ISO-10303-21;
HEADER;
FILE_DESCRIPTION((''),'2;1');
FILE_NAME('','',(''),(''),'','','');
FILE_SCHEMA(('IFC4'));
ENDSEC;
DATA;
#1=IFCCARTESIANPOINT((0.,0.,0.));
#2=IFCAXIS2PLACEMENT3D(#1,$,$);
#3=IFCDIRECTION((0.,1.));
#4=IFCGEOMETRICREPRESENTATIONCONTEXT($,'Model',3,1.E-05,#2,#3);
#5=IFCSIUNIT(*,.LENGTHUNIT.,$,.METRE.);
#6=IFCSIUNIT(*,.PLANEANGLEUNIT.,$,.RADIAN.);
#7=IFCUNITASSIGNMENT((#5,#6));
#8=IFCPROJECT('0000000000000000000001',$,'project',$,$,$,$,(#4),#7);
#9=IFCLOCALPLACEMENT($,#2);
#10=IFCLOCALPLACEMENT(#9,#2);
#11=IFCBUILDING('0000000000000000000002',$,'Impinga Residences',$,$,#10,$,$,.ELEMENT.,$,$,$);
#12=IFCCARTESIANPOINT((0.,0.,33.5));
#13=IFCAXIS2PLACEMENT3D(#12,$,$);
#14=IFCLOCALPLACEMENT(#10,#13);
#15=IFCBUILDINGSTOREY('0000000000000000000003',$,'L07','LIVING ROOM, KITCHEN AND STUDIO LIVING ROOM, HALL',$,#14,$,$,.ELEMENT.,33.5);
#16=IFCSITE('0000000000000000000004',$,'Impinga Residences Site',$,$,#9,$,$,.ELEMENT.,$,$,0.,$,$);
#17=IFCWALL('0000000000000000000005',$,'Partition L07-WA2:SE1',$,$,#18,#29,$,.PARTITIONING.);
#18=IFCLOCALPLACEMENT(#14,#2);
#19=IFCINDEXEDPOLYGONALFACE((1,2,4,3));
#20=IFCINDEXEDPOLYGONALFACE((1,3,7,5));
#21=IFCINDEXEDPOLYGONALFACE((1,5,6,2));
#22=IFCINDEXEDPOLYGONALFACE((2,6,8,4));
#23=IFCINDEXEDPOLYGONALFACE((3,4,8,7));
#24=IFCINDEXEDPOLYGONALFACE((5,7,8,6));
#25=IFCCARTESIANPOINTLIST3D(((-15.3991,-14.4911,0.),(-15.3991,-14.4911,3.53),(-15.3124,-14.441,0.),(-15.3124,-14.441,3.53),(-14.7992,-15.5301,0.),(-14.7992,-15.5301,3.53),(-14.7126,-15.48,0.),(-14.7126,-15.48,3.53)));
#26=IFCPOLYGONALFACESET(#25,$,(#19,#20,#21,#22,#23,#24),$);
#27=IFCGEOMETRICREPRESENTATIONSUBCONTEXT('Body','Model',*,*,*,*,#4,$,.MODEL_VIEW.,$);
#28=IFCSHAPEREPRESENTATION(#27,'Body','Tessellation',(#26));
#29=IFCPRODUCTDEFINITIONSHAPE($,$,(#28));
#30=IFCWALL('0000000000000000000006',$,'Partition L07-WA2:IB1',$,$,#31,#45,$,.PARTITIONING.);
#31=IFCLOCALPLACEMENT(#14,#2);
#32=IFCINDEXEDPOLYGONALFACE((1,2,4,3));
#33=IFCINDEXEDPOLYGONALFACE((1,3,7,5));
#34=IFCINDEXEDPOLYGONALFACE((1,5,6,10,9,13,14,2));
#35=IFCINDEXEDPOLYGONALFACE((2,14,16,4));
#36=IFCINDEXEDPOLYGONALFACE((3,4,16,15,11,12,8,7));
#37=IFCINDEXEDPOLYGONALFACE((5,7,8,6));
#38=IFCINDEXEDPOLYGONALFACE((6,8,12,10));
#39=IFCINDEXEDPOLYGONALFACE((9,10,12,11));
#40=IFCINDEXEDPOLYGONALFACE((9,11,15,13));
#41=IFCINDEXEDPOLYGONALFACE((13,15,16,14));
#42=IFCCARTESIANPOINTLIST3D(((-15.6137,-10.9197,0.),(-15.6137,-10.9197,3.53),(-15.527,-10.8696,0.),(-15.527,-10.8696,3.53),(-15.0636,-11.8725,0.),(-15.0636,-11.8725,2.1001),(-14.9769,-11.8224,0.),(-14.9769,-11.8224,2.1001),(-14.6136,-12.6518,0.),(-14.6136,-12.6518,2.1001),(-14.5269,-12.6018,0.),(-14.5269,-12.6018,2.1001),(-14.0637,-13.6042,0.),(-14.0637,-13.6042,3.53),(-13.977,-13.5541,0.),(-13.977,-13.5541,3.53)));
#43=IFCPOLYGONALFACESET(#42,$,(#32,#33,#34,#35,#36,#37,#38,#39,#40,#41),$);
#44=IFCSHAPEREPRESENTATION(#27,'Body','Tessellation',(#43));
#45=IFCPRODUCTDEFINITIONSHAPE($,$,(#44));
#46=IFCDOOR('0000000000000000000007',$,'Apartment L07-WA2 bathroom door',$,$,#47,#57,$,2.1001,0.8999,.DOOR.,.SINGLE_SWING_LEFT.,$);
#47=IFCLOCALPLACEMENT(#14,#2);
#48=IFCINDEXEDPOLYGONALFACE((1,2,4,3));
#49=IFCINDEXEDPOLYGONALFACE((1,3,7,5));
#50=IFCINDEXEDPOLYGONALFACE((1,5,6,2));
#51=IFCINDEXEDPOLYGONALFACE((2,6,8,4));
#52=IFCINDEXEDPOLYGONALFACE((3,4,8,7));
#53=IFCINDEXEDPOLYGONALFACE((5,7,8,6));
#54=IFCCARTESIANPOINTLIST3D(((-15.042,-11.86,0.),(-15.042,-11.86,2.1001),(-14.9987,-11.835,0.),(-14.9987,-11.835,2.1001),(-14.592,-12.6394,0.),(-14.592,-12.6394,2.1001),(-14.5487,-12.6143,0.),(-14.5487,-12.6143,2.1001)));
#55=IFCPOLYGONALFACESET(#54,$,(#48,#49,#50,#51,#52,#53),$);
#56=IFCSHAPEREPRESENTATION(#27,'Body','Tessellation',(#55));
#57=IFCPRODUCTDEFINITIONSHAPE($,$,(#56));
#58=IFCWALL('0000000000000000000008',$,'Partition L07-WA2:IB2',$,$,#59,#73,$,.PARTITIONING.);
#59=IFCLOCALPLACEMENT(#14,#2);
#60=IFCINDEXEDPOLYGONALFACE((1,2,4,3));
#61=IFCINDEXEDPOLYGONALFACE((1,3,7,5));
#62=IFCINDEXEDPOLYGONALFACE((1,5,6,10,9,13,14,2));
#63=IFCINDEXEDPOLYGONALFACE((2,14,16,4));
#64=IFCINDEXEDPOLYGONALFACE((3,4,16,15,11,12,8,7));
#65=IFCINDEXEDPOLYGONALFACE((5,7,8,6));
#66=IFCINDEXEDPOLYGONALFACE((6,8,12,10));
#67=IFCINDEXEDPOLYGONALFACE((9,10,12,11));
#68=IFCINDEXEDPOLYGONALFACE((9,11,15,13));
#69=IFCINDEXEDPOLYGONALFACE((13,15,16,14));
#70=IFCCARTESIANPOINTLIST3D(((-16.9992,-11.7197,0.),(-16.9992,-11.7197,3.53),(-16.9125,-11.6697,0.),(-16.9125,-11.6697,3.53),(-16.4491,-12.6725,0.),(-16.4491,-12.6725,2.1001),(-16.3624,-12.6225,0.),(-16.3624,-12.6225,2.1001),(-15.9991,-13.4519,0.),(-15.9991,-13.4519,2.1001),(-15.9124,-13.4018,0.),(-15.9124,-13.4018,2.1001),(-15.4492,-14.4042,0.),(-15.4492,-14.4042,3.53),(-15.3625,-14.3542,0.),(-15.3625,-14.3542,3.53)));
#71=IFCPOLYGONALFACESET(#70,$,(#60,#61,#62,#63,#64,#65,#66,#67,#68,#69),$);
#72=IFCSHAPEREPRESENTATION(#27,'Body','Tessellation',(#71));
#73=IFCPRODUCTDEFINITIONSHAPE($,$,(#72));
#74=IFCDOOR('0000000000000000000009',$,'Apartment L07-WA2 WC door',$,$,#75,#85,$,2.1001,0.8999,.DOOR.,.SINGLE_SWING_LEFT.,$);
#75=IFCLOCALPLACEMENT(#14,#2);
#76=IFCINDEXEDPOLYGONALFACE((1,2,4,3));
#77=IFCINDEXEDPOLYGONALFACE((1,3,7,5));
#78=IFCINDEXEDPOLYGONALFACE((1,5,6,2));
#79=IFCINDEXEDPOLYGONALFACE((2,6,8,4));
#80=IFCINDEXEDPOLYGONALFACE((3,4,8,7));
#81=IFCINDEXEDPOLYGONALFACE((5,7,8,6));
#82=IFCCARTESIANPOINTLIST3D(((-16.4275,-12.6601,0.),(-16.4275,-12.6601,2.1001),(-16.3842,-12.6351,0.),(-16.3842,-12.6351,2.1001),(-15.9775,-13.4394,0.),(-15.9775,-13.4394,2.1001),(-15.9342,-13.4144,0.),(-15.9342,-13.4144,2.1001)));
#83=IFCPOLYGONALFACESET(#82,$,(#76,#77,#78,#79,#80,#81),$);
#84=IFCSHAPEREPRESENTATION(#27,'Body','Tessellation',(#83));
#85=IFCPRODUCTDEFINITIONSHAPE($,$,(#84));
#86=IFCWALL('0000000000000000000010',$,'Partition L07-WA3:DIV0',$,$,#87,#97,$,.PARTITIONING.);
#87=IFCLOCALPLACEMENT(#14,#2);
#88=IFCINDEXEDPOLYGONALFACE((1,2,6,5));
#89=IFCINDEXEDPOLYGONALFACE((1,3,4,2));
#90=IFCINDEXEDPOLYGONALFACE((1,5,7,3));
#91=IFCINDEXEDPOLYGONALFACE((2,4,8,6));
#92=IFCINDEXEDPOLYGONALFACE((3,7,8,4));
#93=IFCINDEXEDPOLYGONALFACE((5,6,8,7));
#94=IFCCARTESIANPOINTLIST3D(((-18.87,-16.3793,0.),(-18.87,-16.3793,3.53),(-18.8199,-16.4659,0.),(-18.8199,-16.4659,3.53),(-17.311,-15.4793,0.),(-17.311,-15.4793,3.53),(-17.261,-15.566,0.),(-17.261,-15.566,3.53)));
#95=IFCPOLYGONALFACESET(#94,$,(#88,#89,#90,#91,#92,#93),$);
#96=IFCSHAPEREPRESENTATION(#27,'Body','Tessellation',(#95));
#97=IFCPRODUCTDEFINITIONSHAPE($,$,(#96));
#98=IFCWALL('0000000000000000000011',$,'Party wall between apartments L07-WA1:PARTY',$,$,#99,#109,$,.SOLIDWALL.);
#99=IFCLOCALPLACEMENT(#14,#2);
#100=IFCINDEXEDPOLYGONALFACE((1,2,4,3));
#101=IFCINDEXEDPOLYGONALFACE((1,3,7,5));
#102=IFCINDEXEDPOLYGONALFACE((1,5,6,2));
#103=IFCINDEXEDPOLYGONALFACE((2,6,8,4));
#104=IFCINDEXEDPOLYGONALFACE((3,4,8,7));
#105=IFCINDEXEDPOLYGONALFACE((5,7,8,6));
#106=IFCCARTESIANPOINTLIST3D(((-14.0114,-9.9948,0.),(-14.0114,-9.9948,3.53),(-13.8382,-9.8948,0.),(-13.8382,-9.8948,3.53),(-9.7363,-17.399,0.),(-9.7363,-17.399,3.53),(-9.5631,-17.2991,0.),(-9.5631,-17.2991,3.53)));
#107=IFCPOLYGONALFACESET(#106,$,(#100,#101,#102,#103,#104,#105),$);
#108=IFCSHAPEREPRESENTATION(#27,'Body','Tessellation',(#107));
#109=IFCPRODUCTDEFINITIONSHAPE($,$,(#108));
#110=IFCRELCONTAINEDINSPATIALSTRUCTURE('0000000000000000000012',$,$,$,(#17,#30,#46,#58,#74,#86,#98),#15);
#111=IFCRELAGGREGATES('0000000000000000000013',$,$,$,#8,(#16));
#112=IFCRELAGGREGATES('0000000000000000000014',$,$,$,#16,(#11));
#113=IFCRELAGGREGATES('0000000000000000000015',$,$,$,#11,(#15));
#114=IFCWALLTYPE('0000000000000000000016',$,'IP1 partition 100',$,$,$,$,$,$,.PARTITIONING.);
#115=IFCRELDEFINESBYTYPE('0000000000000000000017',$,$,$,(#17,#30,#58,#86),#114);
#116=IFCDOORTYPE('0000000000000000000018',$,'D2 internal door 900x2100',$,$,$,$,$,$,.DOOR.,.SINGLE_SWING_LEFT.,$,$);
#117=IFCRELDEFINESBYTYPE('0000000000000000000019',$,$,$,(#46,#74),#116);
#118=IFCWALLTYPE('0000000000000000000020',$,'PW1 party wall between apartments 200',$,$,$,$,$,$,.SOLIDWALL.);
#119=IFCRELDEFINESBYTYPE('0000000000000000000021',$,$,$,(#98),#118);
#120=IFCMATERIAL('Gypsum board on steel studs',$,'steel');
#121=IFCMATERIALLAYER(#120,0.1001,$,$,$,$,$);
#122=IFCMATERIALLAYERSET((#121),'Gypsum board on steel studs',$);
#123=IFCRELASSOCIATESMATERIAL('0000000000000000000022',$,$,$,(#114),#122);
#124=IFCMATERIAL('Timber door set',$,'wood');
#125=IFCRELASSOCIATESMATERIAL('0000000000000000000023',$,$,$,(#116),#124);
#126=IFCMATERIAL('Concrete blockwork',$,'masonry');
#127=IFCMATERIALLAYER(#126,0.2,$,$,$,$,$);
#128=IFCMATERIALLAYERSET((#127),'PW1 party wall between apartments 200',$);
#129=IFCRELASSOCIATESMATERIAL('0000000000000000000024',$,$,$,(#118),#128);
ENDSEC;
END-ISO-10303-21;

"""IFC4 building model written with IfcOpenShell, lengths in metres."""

from ifc_helpers import new_model, si_unit, direction, frame, frame_2d, origin, place, context, subcontext, project, spatial, rectangle, extrude, material, layer, layer_set, type_object, element, fill, save


model = new_model("IFC4")

# Units and contexts
model_context = context("Model", 3, precision=1e-05, world=origin(), true_north=direction((0.0, 1.0)))
body_context = subcontext(model_context, "Body", "Model", "MODEL_VIEW")
ifc_project = project(units=[si_unit("LENGTHUNIT", "METRE"), si_unit("PLANEANGLEUNIT", "RADIAN")], contexts=[model_context])

# Site, building, storey
site_placement = place(None, origin())
site = spatial("IfcSite", under=ifc_project, at=site_placement, Name="Impinga Residences Site", CompositionType="ELEMENT", RefElevation=0.0)
building_placement = place(site_placement, origin())
building = spatial("IfcBuilding", under=site, at=building_placement, Name="Impinga Residences", CompositionType="ELEMENT")
storey_placement = place(building_placement, frame((0.0, 0.0, 33.5)))
storey = spatial("IfcBuildingStorey", under=building, at=storey_placement, Name="L07", Description="LIVING ROOM, KITCHEN AND STUDIO LIVING ROOM, HALL", CompositionType="ELEMENT", Elevation=33.5)

# Shared definitions
ifc_material_1 = material(Name="Gypsum board on steel studs", Category="steel")
ifc_layer_1 = layer(ifc_material_1, 0.1001)
ifc_layer_set_1 = layer_set([ifc_layer_1], Name="Gypsum board on steel studs")
wall_type_1 = type_object("IfcWallType", Name="IP1 partition 100", PredefinedType="PARTITIONING", material=ifc_layer_set_1)
ifc_material_2 = material(Name="Timber door set", Category="wood")
door_type = type_object("IfcDoorType", Name="D2 internal door 900x2100", OperationType="SINGLE_SWING_LEFT", PredefinedType="DOOR", material=ifc_material_2)

# Wall
wall_1_placement = place(storey_placement, frame((-15.3557, -14.4661, 0.0), z_axis=(0.0, 0.0, 1.0), x_axis=(0.499969, -0.866043, 0.0)))
element("IfcWall", 1, at=wall_1_placement, inside=storey, type_object=wall_type_1, Name="Partition L07-WA2:SE1", PredefinedType="PARTITIONING", context=body_context, shape_type="SweptSolid", body=[
    extrude(rectangle(XDim=1.1997, YDim=0.1001, at=frame_2d((0.5999, 0.0))), origin(), (0.0, 0.0, 1.0), 3.53),
])

# Walls, openings, doors
wall_2_placement = place(storey_placement, frame((-15.5703, -10.8948, 0.0), z_axis=(0.0, 0.0, 1.0), x_axis=(0.500027, -0.86601, 0.0)))
wall_2 = element("IfcWall", 2, at=wall_2_placement, inside=storey, type_object=wall_type_1, Name="Partition L07-WA2:IB1", PredefinedType="PARTITIONING", context=body_context, shape_type="SweptSolid", body=[
    extrude(rectangle(XDim=3.0999, YDim=0.1001, at=frame_2d((1.5498, 0.0))), origin(), (0.0, 0.0, 1.0), 3.53),
])
opening_1_placement = place(wall_2_placement, frame((1.1001, 0.0, 0.0)))
opening_1 = element("IfcOpeningElement", 3, at=opening_1_placement, cuts=wall_2, PredefinedType="OPENING", context=body_context, shape_type="SweptSolid", body=[
    extrude(rectangle(XDim=0.8999, YDim=2.1001, at=frame_2d((0.45, 1.05))), frame((0.0, 0.0601, 0.0), z_axis=(0.0, -1.0, 0.0), x_axis=(1.0, 0.0, 0.0)), (0.0, 0.0, 1.0), 0.1201),
])
door_1_placement = place(opening_1_placement, origin())
door_1 = element("IfcDoor", 4, at=door_1_placement, inside=storey, type_object=door_type, Name="Apartment L07-WA2 bathroom door", OperationType="SINGLE_SWING_LEFT", OverallHeight=2.1001, OverallWidth=0.8999, PredefinedType="DOOR", context=body_context, shape_type="SweptSolid", body=[
    extrude(rectangle(XDim=0.8999, YDim=2.1001, at=frame_2d((0.45, 1.05))), frame((0.0, 0.0249, 0.0), z_axis=(0.0, -1.0, 0.0), x_axis=(1.0, 0.0, 0.0)), (0.0, 0.0, 1.0), 0.05),
])
fill(opening_1, door_1)
wall_3_placement = place(storey_placement, frame((-16.9558, -11.6948, 0.0), z_axis=(0.0, 0.0, 1.0), x_axis=(0.500027, -0.86601, 0.0)))
wall_3 = element("IfcWall", 5, at=wall_3_placement, inside=storey, type_object=wall_type_1, Name="Partition L07-WA2:IB2", PredefinedType="PARTITIONING", context=body_context, shape_type="SweptSolid", body=[
    extrude(rectangle(XDim=3.0999, YDim=0.1001, at=frame_2d((1.5498, 0.0))), origin(), (0.0, 0.0, 1.0), 3.53),
])
opening_2_placement = place(wall_3_placement, frame((1.1001, 0.0, 0.0)))
opening_2 = element("IfcOpeningElement", 6, at=opening_2_placement, cuts=wall_3, PredefinedType="OPENING", context=body_context, shape_type="SweptSolid", body=[
    extrude(rectangle(XDim=0.8999, YDim=2.1001, at=frame_2d((0.45, 1.05))), frame((0.0, 0.0601, 0.0), z_axis=(0.0, -1.0, 0.0), x_axis=(1.0, 0.0, 0.0)), (0.0, 0.0, 1.0), 0.1201),
])
door_2_placement = place(opening_2_placement, origin())
door_2 = element("IfcDoor", 7, at=door_2_placement, inside=storey, type_object=door_type, Name="Apartment L07-WA2 WC door", OperationType="SINGLE_SWING_LEFT", OverallHeight=2.1001, OverallWidth=0.8999, PredefinedType="DOOR", context=body_context, shape_type="SweptSolid", body=[
    extrude(rectangle(XDim=0.8999, YDim=2.1001, at=frame_2d((0.45, 1.05))), frame((0.0, 0.0249, 0.0), z_axis=(0.0, -1.0, 0.0), x_axis=(1.0, 0.0, 0.0)), (0.0, 0.0, 1.0), 0.05),
])
fill(opening_2, door_2)

# Walls
wall_4_placement = place(storey_placement, frame((-17.2861, -15.5227, 0.0), z_axis=(0.0, 0.0, 1.0), x_axis=(-0.866048, -0.499961, 0.0)))
element("IfcWall", 8, at=wall_4_placement, inside=storey, type_object=wall_type_1, Name="Partition L07-WA3:DIV0", PredefinedType="PARTITIONING", context=body_context, shape_type="SweptSolid", body=[
    extrude(rectangle(XDim=1.8, YDim=0.1001, at=frame_2d((0.8999, 0.0))), origin(), (0.0, 0.0, 1.0), 3.53),
])
ifc_material_3 = material(Name="Concrete blockwork", Category="masonry")
ifc_layer_2 = layer(ifc_material_3, 0.2)
ifc_layer_set_2 = layer_set([ifc_layer_2], Name="PW1 party wall between apartments 200")
wall_type_2 = type_object("IfcWallType", Name="PW1 party wall between apartments 200", PredefinedType="SOLIDWALL", material=ifc_layer_set_2)
wall_5_placement = place(storey_placement, frame((-13.9248, -9.9448, 0.0), z_axis=(0.0, 0.0, 1.0), x_axis=(0.500024, -0.866012, 0.0)))
element("IfcWall", 9, at=wall_5_placement, inside=storey, type_object=wall_type_2, Name="Party wall between apartments L07-WA1:PARTY", PredefinedType="SOLIDWALL", context=body_context, shape_type="SweptSolid", body=[
    extrude(rectangle(XDim=8.5498, YDim=0.2, at=frame_2d((4.2749, 0.0))), origin(), (0.0, 0.0, 1.0), 3.53),
])

save(model, "model.ifc")
